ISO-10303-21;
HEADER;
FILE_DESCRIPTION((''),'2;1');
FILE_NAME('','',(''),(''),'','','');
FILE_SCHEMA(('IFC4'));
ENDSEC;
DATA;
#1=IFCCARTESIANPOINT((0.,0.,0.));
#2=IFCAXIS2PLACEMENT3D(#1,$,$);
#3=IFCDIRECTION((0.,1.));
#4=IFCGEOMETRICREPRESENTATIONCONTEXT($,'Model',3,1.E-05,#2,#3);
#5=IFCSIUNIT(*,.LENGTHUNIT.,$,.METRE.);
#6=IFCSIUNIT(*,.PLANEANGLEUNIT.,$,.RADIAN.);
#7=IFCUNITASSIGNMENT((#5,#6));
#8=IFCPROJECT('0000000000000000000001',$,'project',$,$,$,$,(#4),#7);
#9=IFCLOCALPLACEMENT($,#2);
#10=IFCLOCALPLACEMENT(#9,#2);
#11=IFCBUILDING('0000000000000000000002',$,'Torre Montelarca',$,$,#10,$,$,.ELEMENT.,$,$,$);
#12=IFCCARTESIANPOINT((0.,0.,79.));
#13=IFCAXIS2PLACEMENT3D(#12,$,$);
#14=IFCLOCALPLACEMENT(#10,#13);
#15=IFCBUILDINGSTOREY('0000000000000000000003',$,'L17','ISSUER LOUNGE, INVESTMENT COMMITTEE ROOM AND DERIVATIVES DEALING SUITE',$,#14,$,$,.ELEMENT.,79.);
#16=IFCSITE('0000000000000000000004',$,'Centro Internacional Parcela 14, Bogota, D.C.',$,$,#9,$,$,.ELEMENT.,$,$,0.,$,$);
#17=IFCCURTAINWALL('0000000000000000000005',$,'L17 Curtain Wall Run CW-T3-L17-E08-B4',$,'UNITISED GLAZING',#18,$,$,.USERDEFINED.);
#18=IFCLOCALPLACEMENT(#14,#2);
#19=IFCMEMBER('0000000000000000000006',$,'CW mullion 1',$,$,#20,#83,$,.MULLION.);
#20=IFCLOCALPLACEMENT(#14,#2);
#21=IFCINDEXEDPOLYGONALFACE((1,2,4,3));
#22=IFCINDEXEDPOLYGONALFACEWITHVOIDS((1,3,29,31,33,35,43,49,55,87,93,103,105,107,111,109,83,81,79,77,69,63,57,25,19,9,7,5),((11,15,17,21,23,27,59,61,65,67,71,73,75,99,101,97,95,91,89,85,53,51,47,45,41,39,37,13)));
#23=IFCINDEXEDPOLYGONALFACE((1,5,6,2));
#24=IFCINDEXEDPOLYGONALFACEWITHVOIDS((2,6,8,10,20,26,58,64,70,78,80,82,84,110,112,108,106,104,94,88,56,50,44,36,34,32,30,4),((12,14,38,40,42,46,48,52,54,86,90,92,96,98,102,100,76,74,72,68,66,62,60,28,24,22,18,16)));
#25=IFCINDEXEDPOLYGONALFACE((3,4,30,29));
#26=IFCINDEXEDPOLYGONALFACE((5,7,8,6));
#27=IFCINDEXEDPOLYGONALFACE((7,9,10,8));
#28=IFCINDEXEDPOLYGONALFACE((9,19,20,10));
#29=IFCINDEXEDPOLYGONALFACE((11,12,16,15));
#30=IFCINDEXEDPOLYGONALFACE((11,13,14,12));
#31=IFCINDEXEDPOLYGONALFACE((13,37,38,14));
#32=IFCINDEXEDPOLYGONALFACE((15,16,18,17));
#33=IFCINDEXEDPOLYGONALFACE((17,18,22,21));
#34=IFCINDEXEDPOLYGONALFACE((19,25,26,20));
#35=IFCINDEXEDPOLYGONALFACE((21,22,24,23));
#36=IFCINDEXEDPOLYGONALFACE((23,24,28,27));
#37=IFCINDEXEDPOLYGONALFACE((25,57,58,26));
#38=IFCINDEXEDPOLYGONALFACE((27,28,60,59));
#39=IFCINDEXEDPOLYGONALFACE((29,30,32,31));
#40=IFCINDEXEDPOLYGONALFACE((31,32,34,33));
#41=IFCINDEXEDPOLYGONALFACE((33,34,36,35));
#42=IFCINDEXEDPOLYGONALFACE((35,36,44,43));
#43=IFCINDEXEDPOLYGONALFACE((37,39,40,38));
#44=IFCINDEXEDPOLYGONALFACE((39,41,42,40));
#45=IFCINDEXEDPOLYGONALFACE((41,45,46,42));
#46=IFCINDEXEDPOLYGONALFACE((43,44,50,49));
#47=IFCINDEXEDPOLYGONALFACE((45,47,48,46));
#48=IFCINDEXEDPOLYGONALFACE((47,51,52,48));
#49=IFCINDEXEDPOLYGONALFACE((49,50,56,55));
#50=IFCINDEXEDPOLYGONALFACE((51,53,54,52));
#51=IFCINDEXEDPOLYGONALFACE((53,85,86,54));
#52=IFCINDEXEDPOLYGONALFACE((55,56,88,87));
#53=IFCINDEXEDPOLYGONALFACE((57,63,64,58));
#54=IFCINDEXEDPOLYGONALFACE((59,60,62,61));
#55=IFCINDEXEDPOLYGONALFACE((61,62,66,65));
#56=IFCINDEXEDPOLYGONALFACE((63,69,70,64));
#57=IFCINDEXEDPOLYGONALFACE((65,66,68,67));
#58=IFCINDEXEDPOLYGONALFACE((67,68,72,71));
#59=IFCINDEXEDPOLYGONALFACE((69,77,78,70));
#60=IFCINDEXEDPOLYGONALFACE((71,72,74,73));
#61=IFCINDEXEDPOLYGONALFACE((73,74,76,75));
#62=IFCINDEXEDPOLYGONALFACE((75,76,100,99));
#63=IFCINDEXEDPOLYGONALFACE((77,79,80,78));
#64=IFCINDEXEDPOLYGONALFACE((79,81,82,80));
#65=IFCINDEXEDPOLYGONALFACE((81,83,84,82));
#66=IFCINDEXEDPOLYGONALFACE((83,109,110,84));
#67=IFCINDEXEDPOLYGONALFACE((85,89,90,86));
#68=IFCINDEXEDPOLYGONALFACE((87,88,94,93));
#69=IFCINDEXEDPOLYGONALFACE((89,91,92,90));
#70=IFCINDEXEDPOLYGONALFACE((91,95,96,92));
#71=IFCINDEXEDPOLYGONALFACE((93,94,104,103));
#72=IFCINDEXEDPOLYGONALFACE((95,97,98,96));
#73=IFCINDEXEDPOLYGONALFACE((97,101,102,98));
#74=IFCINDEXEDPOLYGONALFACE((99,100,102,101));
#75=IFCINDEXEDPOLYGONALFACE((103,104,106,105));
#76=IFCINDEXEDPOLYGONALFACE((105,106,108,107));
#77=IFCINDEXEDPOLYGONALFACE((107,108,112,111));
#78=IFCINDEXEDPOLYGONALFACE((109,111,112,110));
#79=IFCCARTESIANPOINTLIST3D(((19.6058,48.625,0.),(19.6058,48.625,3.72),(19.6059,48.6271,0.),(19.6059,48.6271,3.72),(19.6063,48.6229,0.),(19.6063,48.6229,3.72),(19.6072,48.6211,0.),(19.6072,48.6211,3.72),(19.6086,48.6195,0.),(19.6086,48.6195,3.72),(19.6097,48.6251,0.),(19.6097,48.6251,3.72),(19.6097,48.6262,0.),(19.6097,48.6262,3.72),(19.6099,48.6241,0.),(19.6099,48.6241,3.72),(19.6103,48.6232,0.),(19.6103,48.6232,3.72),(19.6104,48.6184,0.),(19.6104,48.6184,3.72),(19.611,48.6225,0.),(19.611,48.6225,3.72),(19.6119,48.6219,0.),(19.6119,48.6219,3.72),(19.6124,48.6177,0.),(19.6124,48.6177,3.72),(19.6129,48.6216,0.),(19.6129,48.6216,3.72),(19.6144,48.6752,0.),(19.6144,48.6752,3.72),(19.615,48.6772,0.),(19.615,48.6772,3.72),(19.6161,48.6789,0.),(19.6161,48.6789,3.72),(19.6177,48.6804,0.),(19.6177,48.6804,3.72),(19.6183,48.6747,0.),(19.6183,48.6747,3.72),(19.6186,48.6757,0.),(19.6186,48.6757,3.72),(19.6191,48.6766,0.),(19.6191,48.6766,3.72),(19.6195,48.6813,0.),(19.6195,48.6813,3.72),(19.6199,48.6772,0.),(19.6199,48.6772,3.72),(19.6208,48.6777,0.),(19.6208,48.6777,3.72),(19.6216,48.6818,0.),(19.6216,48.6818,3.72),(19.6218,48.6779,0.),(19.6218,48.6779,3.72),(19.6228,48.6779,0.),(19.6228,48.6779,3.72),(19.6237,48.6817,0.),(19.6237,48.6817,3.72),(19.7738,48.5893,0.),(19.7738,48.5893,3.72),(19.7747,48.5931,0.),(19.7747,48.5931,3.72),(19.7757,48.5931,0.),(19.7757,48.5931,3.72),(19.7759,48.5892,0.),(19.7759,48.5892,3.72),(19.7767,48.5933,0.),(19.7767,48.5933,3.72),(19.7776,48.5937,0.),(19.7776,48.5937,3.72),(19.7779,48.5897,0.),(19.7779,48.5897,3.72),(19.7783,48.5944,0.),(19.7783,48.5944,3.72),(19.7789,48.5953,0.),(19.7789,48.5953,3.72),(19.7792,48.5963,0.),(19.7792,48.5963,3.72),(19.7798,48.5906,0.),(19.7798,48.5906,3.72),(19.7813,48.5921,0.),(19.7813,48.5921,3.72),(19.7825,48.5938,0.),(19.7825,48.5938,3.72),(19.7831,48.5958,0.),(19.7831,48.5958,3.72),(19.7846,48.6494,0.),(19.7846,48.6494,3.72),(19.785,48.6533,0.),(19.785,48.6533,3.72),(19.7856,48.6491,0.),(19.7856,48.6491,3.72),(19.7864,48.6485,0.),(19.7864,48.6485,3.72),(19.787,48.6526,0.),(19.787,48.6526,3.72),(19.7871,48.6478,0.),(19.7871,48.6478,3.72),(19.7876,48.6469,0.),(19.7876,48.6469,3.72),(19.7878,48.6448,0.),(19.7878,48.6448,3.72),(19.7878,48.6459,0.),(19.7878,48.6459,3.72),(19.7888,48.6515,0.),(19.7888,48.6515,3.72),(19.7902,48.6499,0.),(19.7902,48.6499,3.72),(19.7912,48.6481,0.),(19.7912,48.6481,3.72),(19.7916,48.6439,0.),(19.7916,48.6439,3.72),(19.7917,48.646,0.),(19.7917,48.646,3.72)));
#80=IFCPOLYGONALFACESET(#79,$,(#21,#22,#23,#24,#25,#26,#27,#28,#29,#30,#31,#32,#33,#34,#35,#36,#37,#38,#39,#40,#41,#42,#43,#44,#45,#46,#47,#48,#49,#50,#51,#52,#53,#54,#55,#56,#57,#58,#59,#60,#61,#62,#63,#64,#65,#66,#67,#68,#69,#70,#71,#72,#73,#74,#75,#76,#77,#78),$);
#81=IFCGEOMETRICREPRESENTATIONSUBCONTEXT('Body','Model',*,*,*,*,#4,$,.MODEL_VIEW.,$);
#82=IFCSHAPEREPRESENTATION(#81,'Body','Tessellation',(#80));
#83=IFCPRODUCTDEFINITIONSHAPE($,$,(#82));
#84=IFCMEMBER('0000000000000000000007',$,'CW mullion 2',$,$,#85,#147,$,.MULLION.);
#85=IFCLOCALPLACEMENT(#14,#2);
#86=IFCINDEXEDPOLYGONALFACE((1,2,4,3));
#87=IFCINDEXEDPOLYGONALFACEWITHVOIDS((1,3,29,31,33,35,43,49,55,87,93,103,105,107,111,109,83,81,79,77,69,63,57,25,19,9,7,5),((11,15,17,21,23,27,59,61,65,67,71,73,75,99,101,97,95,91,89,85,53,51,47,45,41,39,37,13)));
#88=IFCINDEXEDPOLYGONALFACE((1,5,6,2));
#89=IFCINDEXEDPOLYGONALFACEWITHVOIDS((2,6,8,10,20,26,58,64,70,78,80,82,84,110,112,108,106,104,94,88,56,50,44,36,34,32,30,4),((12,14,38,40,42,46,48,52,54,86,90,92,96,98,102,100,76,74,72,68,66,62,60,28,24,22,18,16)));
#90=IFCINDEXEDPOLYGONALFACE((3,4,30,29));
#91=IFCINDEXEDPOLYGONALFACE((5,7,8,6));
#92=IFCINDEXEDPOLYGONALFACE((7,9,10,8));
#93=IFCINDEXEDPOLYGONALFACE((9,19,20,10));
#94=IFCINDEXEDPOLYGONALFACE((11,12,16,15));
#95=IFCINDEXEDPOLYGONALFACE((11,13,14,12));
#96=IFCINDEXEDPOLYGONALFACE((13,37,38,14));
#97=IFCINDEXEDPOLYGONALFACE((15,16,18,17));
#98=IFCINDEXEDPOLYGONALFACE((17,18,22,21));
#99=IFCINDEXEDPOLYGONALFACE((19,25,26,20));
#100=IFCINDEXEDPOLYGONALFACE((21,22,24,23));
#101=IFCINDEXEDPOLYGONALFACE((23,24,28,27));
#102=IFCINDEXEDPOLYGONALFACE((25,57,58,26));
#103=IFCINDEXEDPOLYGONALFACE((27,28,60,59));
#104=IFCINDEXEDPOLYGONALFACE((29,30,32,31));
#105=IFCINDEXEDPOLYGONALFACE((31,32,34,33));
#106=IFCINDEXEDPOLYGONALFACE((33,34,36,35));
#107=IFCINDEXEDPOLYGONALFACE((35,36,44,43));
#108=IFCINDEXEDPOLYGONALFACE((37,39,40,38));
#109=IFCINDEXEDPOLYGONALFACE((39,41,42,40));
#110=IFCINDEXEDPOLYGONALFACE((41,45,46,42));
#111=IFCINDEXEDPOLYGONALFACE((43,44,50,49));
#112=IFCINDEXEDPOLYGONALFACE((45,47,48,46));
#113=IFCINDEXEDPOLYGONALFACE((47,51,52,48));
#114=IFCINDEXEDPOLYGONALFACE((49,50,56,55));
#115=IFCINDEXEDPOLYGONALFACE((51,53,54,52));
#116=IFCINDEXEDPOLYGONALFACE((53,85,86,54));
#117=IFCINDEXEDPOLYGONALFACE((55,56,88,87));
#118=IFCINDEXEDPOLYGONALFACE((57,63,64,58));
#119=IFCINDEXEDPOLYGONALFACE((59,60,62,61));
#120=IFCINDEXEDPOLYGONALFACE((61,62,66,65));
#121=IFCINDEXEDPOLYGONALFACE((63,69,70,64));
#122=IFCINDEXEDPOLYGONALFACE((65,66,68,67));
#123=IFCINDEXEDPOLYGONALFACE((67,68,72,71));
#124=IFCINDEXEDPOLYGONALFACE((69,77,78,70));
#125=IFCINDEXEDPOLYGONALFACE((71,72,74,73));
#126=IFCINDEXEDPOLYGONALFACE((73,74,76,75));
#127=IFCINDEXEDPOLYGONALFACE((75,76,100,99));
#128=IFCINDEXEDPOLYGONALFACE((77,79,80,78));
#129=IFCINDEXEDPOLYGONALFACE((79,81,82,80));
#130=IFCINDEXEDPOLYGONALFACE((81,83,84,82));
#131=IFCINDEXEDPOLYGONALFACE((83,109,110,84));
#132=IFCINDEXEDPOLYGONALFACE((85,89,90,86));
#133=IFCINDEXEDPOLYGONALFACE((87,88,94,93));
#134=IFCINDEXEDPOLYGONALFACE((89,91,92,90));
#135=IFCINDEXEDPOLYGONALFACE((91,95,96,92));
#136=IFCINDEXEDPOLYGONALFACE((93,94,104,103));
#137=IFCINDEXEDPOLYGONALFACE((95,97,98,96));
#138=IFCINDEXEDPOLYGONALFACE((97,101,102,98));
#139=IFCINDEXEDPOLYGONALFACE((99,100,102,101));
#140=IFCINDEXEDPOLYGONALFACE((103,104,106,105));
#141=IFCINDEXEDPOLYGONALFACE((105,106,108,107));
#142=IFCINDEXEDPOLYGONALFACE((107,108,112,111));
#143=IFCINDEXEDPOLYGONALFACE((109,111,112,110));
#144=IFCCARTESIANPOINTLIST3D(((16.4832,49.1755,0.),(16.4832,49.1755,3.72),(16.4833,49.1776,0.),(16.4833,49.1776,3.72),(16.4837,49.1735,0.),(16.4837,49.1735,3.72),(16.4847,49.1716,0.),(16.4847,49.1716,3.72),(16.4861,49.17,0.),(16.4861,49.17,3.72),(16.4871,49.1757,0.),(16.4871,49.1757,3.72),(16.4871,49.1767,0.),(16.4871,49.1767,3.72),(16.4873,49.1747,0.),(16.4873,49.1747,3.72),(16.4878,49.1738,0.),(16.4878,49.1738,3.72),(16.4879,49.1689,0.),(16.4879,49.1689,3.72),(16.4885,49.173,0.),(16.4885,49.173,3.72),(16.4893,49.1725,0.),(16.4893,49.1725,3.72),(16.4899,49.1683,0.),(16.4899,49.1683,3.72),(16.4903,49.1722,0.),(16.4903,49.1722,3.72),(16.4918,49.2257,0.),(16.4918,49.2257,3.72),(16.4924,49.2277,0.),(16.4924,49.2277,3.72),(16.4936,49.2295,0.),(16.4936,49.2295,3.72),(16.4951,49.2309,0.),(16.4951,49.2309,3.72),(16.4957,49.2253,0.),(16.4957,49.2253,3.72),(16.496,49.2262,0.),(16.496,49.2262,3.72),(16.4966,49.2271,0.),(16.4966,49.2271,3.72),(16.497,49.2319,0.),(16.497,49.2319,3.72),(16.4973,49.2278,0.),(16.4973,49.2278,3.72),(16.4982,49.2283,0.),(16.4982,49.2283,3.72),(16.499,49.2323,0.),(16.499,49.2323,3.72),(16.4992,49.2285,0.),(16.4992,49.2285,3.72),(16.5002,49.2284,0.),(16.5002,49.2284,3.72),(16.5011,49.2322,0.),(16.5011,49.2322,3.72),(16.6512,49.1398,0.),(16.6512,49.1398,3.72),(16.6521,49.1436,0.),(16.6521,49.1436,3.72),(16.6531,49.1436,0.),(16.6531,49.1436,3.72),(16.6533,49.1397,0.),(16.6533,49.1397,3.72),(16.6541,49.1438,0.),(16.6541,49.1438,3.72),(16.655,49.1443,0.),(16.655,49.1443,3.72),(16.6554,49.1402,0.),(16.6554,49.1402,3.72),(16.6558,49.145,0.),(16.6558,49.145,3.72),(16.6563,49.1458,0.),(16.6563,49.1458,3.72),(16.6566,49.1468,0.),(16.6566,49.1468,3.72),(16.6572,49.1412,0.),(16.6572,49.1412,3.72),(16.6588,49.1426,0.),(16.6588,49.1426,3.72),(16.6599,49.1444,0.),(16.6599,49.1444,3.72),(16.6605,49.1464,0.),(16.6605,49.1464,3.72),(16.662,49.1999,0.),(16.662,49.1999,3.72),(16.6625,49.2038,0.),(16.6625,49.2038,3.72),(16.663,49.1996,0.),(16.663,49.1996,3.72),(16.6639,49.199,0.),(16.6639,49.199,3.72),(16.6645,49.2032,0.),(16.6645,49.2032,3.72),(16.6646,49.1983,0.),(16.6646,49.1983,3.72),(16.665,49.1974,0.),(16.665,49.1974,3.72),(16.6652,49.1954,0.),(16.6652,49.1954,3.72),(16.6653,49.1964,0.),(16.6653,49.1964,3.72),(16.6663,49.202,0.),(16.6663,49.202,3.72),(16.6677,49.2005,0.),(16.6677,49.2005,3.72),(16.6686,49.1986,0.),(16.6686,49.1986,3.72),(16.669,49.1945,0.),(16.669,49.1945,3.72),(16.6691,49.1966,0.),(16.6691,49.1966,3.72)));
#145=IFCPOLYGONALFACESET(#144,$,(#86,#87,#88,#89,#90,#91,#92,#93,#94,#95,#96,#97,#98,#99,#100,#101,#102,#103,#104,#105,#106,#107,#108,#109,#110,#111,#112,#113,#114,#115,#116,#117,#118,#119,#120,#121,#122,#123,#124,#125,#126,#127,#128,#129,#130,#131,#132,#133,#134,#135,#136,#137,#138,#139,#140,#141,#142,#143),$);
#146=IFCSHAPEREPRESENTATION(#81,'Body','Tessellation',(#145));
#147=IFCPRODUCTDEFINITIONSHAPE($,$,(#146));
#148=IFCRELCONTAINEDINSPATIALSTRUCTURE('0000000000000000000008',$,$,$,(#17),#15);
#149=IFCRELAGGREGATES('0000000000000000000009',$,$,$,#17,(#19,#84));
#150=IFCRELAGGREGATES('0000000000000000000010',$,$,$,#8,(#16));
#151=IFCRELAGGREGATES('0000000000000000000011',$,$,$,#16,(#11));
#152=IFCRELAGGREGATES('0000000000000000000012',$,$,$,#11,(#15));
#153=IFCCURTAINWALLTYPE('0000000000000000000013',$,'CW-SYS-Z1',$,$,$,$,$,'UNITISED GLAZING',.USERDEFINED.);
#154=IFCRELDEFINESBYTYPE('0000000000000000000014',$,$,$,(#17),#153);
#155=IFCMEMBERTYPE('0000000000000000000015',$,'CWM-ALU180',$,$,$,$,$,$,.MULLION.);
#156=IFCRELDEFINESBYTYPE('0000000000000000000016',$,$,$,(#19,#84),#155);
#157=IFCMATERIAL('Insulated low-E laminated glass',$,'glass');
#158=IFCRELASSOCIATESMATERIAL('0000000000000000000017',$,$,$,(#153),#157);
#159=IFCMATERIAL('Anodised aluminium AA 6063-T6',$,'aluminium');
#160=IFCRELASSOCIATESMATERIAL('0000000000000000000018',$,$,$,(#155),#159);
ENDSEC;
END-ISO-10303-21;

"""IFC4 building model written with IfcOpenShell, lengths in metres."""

from ifc_helpers import new_model, si_unit, direction, frame, origin, origin_2d, place, context, subcontext, project, spatial, hollow_rectangle, extrude, source, transform, mapped, material, material_profile, profile_set, type_object, element, aggregate, save


model = new_model("IFC4")

# Units and contexts
model_context = context("Model", 3, precision=1e-05, world=origin(), true_north=direction((0.0, 1.0)))
body_context = subcontext(model_context, "Body", "Model", "MODEL_VIEW")
ifc_project = project(units=[si_unit("LENGTHUNIT", "METRE"), si_unit("PLANEANGLEUNIT", "RADIAN")], contexts=[model_context])

# Site, building, storey
site_placement = place(None, origin())
site = spatial("IfcSite", under=ifc_project, at=site_placement, Name="Centro Internacional Parcela 14, Bogota, D.C.", CompositionType="ELEMENT", RefElevation=0.0)
building_placement = place(site_placement, origin())
building = spatial("IfcBuilding", under=site, at=building_placement, Name="Torre Montelarca", CompositionType="ELEMENT")
storey_placement = place(building_placement, frame((0.0, 0.0, 79.0)))
storey = spatial("IfcBuildingStorey", under=building, at=storey_placement, Name="L17", Description="ISSUER LOUNGE, INVESTMENT COMMITTEE ROOM AND DERIVATIVES DEALING SUITE", CompositionType="ELEMENT", Elevation=79.0)

# Curtain wall
ifc_material_1 = material(Name="Insulated low-E laminated glass", Category="glass")
curtain_wall_type = type_object("IfcCurtainWallType", Name="CW-SYS-Z1", ElementType="UNITISED GLAZING", PredefinedType="USERDEFINED", material=ifc_material_1)
ifc_material_2 = material(Name="Anodised aluminium AA 6063-T6", Category="aluminium")
curtain_wall_1_placement = place(storey_placement, origin())
curtain_wall_1 = element("IfcCurtainWall", 1, at=curtain_wall_1_placement, inside=storey, type_object=curtain_wall_type, Name="L17 Curtain Wall Run CW-T3-L17-E08-B4", ObjectType="UNITISED GLAZING", PredefinedType="USERDEFINED")

# Shared definitions
ifc_material_profile_1 = material_profile(ifc_material_2, hollow_rectangle(XDim=0.0649, YDim=0.1799, WallThickness=0.0039, InnerFilletRadius=0.0039, OuterFilletRadius=0.0081, at=origin_2d()), Name="ALU65X180X4", Category="aluminium")
ifc_profile_set_1 = profile_set([ifc_material_profile_1], Name="Anodised aluminium AA 6063-T6")
member_type_1 = type_object("IfcMemberType", Name="CWM-ALU180", PredefinedType="MULLION", material=ifc_profile_set_1)
shared_shape_1 = source(origin(), body_context, "Body", "SweptSolid", [
    extrude(hollow_rectangle(XDim=0.0649, YDim=0.1799, WallThickness=0.0039, InnerFilletRadius=0.0039, OuterFilletRadius=0.0081, at=origin_2d()), origin(), (0.0, 0.0, 1.0), 3.72),
])

# Members
member_1_placement = place(storey_placement, frame((19.6987, 48.6355, 0.0), z_axis=(0.0, 0.0, 1.0), x_axis=(-0.173654, -0.984807, 0.0)))
member_1 = element("IfcMember", 2, at=member_1_placement, type_object=member_type_1, Name="CW mullion 1", PredefinedType="MULLION", context=body_context, shape_type="MappedRepresentation", body=[
    mapped(shared_shape_1, transform((0.0, 0.0, 0.0), scale=1.0)),
])
member_2_placement = place(storey_placement, frame((16.5762, 49.186, 0.0), z_axis=(0.0, 0.0, 1.0), x_axis=(-0.173654, -0.984807, 0.0)))
member_2 = element("IfcMember", 3, at=member_2_placement, type_object=member_type_1, Name="CW mullion 2", PredefinedType="MULLION", context=body_context, shape_type="MappedRepresentation", body=[
    mapped(shared_shape_1, transform((0.0, 0.0, 0.0), scale=1.0)),
])

aggregate(curtain_wall_1, [member_1, member_2])

save(model, "model.ifc")
